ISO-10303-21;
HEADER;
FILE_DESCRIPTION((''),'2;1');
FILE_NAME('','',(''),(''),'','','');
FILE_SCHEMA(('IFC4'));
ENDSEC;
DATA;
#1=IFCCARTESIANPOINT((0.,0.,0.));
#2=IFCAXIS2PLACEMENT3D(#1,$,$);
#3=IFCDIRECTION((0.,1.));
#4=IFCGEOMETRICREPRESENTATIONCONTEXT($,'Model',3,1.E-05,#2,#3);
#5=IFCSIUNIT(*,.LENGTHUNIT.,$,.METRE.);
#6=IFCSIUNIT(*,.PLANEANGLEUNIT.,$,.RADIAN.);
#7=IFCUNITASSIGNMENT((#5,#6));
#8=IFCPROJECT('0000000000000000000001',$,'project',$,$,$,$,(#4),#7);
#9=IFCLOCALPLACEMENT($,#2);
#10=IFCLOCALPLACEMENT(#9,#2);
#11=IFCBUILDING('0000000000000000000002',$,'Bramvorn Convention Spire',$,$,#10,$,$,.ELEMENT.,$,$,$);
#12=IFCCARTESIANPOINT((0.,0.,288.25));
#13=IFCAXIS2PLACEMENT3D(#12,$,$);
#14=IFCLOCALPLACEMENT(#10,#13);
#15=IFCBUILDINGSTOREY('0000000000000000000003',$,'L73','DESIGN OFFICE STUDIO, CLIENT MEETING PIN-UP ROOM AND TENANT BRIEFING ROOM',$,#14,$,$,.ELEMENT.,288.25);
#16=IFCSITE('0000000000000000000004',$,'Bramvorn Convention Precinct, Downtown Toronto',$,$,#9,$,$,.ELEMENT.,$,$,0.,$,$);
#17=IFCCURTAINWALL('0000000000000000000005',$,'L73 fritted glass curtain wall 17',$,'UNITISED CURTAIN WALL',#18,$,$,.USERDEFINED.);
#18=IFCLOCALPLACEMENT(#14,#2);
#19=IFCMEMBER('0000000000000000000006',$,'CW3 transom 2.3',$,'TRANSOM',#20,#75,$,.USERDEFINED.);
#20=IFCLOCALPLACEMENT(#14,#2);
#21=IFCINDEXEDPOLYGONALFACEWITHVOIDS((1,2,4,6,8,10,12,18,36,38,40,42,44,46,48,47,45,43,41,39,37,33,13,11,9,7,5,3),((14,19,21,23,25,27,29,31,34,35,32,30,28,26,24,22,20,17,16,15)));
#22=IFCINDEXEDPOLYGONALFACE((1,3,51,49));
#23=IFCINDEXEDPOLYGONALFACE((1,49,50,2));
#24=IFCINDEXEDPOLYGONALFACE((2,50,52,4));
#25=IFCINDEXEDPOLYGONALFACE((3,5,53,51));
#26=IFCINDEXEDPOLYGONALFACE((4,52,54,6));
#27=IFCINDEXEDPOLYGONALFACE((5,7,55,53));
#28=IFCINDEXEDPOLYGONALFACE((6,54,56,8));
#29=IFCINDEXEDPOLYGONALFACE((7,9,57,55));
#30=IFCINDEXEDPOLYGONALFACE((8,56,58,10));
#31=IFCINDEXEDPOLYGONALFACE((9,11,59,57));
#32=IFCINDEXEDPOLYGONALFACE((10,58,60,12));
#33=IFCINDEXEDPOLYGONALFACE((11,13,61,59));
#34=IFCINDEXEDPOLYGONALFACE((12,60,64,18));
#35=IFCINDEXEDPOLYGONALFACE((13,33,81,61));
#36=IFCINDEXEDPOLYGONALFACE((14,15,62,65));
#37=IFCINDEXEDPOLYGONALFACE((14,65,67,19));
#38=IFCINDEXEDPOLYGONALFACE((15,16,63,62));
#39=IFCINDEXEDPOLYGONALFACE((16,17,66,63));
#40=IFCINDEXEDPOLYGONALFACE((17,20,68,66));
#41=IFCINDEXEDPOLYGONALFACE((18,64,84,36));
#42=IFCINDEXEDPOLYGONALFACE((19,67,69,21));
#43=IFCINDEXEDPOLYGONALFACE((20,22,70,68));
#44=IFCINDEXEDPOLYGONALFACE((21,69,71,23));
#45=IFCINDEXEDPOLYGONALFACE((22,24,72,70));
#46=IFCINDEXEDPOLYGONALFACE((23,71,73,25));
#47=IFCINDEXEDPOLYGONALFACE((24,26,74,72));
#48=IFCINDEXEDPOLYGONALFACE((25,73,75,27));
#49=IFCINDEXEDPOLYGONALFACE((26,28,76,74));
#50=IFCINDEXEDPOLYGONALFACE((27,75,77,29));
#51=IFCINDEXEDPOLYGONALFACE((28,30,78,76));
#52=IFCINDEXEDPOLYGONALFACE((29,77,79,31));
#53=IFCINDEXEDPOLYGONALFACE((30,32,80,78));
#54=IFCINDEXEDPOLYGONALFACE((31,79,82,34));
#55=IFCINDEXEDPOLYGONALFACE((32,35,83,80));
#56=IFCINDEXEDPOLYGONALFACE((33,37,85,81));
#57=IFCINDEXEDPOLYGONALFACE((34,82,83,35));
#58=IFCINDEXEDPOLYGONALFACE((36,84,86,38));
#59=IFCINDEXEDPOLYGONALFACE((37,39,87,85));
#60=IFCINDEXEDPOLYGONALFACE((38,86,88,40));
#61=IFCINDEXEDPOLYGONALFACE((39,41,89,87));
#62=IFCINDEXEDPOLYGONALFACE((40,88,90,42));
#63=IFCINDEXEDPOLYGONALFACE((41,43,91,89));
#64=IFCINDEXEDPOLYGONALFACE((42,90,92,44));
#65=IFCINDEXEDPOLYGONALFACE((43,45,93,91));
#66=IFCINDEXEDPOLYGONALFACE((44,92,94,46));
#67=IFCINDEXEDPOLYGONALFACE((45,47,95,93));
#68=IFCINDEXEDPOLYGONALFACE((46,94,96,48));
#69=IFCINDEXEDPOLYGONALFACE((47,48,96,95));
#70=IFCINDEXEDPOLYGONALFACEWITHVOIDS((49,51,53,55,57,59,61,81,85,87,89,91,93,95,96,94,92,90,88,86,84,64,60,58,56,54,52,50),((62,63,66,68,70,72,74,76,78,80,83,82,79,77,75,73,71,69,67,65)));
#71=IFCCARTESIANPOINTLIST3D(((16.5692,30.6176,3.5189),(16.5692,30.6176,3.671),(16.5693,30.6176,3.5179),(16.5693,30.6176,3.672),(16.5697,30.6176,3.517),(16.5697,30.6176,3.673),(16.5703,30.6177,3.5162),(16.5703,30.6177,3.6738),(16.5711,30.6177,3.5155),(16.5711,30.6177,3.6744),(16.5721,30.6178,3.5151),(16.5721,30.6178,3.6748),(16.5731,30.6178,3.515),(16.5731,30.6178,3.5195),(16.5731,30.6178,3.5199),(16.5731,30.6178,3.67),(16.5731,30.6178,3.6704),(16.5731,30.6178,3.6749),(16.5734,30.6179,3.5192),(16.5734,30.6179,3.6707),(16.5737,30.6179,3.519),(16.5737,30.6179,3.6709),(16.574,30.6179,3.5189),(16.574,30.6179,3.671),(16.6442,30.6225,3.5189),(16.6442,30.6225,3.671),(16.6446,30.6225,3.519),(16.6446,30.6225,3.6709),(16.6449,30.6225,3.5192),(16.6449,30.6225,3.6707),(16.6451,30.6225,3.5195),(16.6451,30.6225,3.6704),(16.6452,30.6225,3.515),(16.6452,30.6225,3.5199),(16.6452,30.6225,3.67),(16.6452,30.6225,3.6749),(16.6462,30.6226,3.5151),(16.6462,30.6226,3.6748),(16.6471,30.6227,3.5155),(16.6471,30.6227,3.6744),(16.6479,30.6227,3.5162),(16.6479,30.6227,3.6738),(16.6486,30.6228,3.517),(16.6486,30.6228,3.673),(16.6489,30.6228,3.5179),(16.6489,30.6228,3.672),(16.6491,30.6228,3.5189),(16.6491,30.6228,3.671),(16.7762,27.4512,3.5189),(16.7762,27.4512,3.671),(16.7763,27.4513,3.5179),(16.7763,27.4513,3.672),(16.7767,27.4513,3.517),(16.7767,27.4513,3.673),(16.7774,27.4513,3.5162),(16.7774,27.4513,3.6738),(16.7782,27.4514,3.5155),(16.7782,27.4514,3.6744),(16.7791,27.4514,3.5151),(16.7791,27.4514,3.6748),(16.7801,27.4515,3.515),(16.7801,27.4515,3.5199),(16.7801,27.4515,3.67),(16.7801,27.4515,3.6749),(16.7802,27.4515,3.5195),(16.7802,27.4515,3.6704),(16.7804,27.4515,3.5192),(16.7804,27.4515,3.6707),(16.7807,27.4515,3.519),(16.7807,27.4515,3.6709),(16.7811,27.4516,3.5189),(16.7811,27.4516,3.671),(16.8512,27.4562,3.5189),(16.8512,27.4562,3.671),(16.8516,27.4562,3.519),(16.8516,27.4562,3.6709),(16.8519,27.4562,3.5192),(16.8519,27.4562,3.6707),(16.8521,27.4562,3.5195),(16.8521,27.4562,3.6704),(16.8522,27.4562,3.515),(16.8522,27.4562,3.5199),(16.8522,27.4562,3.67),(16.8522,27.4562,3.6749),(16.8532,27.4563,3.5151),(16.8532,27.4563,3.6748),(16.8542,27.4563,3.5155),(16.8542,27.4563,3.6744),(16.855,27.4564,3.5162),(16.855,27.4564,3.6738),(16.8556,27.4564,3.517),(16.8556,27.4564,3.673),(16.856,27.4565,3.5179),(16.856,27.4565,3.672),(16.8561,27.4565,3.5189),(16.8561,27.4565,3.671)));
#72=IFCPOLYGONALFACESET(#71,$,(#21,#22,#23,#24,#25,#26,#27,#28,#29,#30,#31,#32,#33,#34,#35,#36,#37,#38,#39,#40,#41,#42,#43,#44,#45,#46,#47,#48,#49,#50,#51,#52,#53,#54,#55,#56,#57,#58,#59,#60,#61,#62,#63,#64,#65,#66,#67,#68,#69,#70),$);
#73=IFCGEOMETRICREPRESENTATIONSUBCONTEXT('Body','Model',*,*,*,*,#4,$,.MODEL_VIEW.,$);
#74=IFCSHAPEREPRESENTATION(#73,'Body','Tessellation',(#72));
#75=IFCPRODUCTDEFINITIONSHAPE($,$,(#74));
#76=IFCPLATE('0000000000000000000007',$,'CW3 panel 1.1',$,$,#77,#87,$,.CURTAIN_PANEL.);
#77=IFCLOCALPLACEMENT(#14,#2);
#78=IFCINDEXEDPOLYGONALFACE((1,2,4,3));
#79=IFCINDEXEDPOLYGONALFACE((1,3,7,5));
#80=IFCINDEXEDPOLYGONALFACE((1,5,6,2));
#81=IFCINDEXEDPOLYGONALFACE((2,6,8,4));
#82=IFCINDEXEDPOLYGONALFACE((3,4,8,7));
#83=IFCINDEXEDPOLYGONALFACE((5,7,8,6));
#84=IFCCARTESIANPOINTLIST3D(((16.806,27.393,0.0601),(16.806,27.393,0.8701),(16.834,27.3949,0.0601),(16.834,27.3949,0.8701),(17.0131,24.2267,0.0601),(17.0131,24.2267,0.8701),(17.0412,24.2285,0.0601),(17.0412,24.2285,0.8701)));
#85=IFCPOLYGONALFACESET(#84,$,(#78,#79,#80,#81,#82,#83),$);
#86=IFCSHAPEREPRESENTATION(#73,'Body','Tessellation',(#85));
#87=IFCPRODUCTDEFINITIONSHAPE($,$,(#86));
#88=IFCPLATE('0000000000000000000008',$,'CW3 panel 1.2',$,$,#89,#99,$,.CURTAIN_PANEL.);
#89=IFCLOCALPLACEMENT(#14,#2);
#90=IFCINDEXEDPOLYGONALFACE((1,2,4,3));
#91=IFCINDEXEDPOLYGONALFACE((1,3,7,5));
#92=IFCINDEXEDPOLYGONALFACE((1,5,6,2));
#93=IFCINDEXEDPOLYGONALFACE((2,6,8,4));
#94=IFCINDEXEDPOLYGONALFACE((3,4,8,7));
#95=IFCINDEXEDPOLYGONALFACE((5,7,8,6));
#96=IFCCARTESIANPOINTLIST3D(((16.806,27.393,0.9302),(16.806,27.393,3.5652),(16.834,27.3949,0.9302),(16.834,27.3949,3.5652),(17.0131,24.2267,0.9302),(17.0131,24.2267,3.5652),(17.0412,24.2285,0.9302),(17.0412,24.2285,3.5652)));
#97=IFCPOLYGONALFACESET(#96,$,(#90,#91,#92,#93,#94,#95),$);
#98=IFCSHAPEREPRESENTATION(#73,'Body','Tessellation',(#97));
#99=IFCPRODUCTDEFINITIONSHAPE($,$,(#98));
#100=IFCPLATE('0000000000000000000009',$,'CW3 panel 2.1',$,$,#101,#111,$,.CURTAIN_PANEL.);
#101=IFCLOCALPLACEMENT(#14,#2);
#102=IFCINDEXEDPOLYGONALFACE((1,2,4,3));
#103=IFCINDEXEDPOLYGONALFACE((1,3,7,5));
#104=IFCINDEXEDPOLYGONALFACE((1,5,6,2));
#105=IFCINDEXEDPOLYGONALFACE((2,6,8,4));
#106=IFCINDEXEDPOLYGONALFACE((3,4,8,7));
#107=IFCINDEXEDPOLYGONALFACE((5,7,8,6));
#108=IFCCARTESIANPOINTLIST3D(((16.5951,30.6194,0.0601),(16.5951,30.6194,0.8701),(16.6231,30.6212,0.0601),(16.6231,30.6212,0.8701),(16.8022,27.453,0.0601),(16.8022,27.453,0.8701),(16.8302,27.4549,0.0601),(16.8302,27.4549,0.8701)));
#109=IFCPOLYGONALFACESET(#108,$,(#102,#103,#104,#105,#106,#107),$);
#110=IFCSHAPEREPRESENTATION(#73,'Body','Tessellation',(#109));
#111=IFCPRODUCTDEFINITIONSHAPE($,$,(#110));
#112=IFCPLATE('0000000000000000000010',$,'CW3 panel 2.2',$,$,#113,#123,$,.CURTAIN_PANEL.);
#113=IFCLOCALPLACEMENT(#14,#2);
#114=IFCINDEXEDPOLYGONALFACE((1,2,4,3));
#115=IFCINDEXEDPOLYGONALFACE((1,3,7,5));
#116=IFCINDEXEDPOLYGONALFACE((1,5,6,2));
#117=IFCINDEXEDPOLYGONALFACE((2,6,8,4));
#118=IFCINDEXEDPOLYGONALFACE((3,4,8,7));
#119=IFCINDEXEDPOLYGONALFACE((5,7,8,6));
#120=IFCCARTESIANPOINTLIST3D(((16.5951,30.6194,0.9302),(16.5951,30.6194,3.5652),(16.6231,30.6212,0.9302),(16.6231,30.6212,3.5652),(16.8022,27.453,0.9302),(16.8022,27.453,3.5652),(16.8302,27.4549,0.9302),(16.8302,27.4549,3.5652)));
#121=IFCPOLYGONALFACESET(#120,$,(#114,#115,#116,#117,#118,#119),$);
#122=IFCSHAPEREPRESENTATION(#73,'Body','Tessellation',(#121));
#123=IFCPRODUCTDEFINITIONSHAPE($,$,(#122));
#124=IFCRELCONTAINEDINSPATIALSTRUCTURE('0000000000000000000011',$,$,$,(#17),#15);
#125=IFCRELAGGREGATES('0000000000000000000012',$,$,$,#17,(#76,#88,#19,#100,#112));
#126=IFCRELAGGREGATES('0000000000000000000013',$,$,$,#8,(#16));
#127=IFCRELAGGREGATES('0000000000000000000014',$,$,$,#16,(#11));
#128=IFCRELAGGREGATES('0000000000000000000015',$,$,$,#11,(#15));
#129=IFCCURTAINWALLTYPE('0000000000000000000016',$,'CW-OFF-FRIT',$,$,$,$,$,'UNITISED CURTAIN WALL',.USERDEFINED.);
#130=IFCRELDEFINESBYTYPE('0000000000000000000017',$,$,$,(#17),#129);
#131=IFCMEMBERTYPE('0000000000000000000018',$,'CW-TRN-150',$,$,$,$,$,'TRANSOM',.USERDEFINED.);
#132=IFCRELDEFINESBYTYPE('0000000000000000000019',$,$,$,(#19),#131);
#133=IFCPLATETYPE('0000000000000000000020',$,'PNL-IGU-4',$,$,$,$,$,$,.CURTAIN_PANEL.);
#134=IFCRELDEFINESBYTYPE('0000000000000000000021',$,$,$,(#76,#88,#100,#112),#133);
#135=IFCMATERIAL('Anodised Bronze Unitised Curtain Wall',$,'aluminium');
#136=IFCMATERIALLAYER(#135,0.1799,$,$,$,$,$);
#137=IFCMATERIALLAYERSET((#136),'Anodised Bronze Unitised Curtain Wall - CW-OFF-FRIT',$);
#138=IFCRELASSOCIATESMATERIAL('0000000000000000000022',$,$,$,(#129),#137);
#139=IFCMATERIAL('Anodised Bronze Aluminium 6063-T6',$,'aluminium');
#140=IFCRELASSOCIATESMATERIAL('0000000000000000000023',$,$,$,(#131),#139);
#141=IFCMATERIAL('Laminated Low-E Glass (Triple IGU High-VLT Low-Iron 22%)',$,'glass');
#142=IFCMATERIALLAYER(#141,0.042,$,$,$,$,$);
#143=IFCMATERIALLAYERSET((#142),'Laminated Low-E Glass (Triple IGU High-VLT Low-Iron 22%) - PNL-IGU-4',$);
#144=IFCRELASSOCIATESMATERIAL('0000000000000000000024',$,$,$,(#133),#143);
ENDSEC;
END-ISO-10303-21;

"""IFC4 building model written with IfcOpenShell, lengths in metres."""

from ifc_helpers import new_model, si_unit, direction, frame, origin, origin_2d, place, context, subcontext, project, spatial, rectangle, hollow_rectangle, extrude, material, layer, layer_set, material_profile, profile_set, type_object, element, aggregate, save


model = new_model("IFC4")

# Units and contexts
model_context = context("Model", 3, precision=1e-05, world=origin(), true_north=direction((0.0, 1.0)))
body_context = subcontext(model_context, "Body", "Model", "MODEL_VIEW")
ifc_project = project(units=[si_unit("LENGTHUNIT", "METRE"), si_unit("PLANEANGLEUNIT", "RADIAN")], contexts=[model_context])

# Site, building, storey
site_placement = place(None, origin())
site = spatial("IfcSite", under=ifc_project, at=site_placement, Name="Bramvorn Convention Precinct, Downtown Toronto", CompositionType="ELEMENT", RefElevation=0.0)
building_placement = place(site_placement, origin())
building = spatial("IfcBuilding", under=site, at=building_placement, Name="Bramvorn Convention Spire", CompositionType="ELEMENT")
storey_placement = place(building_placement, frame((0.0, 0.0, 288.25)))
storey = spatial("IfcBuildingStorey", under=building, at=storey_placement, Name="L73", Description="DESIGN OFFICE STUDIO, CLIENT MEETING PIN-UP ROOM AND TENANT BRIEFING ROOM", CompositionType="ELEMENT", Elevation=288.25)

# Shared definitions
ifc_material_1 = material(Name="Anodised Bronze Unitised Curtain Wall", Category="aluminium")
ifc_layer_1 = layer(ifc_material_1, 0.1799)
ifc_layer_set_1 = layer_set([ifc_layer_1], Name="Anodised Bronze Unitised Curtain Wall - CW-OFF-FRIT")
curtain_wall_type = type_object("IfcCurtainWallType", Name="CW-OFF-FRIT", ElementType="UNITISED CURTAIN WALL", PredefinedType="USERDEFINED", material=ifc_layer_set_1)
ifc_material_2 = material(Name="Anodised Bronze Aluminium 6063-T6", Category="aluminium")

# Curtain wall
curtain_wall_1_placement = place(storey_placement, origin())
curtain_wall_1 = element("IfcCurtainWall", 1, at=curtain_wall_1_placement, inside=storey, type_object=curtain_wall_type, Name="L73 fritted glass curtain wall 17", ObjectType="UNITISED CURTAIN WALL", PredefinedType="USERDEFINED")

# Member
ifc_material_profile_1 = material_profile(ifc_material_2, hollow_rectangle(XDim=0.0801, YDim=0.1599, WallThickness=0.0039, InnerFilletRadius=0.001, OuterFilletRadius=0.0039, at=origin_2d()))
ifc_profile_set_1 = profile_set([ifc_material_profile_1], Name="Anodised Bronze Aluminium 6063-T6 - CWT80X160")
member_type_1 = type_object("IfcMemberType", Name="CW-TRN-150", ElementType="TRANSOM", PredefinedType="USERDEFINED", material=ifc_profile_set_1)
member_1_placement = place(storey_placement, frame((16.8162, 27.4539, 3.595), z_axis=(-0.065247, 0.997869, 0.0), x_axis=(-0.997869, -0.065247, 0.0)))
member_1 = element("IfcMember", 2, at=member_1_placement, type_object=member_type_1, Name="CW3 transom 2.3", ObjectType="TRANSOM", PredefinedType="USERDEFINED", context=body_context, shape_type="SweptSolid", body=[
    extrude(hollow_rectangle(XDim=0.0801, YDim=0.1599, WallThickness=0.0039, InnerFilletRadius=0.001, OuterFilletRadius=0.0039, at=origin_2d()), origin(), (0.0, 0.0, 1.0), 3.1731),
])

# Plates
ifc_material_3 = material(Name="Laminated Low-E Glass (Triple IGU High-VLT Low-Iron 22%)", Category="glass")
ifc_layer_2 = layer(ifc_material_3, 0.042)
ifc_layer_set_2 = layer_set([ifc_layer_2], Name="Laminated Low-E Glass (Triple IGU High-VLT Low-Iron 22%) - PNL-IGU-4")
plate_type = type_object("IfcPlateType", Name="PNL-IGU-4", PredefinedType="CURTAIN_PANEL", material=ifc_layer_set_2)
plate_1_placement = place(storey_placement, frame((16.9236, 25.8108, 0.0601), z_axis=(0.0, 0.0, 1.0), x_axis=(-0.065275, 0.997867, 0.0)))
plate_1 = element("IfcPlate", 3, at=plate_1_placement, type_object=plate_type, Name="CW3 panel 1.1", PredefinedType="CURTAIN_PANEL", context=body_context, shape_type="SweptSolid", body=[
    extrude(rectangle(XDim=3.1731, YDim=0.0281, at=origin_2d()), origin(), (0.0, 0.0, 1.0), 0.8101),
])
plate_2_placement = place(storey_placement, frame((16.9236, 25.8108, 0.9302), z_axis=(0.0, 0.0, 1.0), x_axis=(-0.065275, 0.997867, 0.0)))
plate_2 = element("IfcPlate", 4, at=plate_2_placement, type_object=plate_type, Name="CW3 panel 1.2", PredefinedType="CURTAIN_PANEL", context=body_context, shape_type="SweptSolid", body=[
    extrude(rectangle(XDim=3.1731, YDim=0.0281, at=origin_2d()), origin(), (0.0, 0.0, 1.0), 2.635),
])
plate_3_placement = place(storey_placement, frame((16.7126, 29.0371, 0.0601), z_axis=(0.0, 0.0, 1.0), x_axis=(-0.065275, 0.997867, 0.0)))
plate_3 = element("IfcPlate", 5, at=plate_3_placement, type_object=plate_type, Name="CW3 panel 2.1", PredefinedType="CURTAIN_PANEL", context=body_context, shape_type="SweptSolid", body=[
    extrude(rectangle(XDim=3.1731, YDim=0.0281, at=origin_2d()), origin(), (0.0, 0.0, 1.0), 0.8101),
])
plate_4_placement = place(storey_placement, frame((16.7126, 29.0371, 0.9302), z_axis=(0.0, 0.0, 1.0), x_axis=(-0.065275, 0.997867, 0.0)))
plate_4 = element("IfcPlate", 6, at=plate_4_placement, type_object=plate_type, Name="CW3 panel 2.2", PredefinedType="CURTAIN_PANEL", context=body_context, shape_type="SweptSolid", body=[
    extrude(rectangle(XDim=3.1731, YDim=0.0281, at=origin_2d()), origin(), (0.0, 0.0, 1.0), 2.635),
])
aggregate(curtain_wall_1, [plate_1, plate_2, member_1, plate_3, plate_4])

save(model, "model.ifc")
